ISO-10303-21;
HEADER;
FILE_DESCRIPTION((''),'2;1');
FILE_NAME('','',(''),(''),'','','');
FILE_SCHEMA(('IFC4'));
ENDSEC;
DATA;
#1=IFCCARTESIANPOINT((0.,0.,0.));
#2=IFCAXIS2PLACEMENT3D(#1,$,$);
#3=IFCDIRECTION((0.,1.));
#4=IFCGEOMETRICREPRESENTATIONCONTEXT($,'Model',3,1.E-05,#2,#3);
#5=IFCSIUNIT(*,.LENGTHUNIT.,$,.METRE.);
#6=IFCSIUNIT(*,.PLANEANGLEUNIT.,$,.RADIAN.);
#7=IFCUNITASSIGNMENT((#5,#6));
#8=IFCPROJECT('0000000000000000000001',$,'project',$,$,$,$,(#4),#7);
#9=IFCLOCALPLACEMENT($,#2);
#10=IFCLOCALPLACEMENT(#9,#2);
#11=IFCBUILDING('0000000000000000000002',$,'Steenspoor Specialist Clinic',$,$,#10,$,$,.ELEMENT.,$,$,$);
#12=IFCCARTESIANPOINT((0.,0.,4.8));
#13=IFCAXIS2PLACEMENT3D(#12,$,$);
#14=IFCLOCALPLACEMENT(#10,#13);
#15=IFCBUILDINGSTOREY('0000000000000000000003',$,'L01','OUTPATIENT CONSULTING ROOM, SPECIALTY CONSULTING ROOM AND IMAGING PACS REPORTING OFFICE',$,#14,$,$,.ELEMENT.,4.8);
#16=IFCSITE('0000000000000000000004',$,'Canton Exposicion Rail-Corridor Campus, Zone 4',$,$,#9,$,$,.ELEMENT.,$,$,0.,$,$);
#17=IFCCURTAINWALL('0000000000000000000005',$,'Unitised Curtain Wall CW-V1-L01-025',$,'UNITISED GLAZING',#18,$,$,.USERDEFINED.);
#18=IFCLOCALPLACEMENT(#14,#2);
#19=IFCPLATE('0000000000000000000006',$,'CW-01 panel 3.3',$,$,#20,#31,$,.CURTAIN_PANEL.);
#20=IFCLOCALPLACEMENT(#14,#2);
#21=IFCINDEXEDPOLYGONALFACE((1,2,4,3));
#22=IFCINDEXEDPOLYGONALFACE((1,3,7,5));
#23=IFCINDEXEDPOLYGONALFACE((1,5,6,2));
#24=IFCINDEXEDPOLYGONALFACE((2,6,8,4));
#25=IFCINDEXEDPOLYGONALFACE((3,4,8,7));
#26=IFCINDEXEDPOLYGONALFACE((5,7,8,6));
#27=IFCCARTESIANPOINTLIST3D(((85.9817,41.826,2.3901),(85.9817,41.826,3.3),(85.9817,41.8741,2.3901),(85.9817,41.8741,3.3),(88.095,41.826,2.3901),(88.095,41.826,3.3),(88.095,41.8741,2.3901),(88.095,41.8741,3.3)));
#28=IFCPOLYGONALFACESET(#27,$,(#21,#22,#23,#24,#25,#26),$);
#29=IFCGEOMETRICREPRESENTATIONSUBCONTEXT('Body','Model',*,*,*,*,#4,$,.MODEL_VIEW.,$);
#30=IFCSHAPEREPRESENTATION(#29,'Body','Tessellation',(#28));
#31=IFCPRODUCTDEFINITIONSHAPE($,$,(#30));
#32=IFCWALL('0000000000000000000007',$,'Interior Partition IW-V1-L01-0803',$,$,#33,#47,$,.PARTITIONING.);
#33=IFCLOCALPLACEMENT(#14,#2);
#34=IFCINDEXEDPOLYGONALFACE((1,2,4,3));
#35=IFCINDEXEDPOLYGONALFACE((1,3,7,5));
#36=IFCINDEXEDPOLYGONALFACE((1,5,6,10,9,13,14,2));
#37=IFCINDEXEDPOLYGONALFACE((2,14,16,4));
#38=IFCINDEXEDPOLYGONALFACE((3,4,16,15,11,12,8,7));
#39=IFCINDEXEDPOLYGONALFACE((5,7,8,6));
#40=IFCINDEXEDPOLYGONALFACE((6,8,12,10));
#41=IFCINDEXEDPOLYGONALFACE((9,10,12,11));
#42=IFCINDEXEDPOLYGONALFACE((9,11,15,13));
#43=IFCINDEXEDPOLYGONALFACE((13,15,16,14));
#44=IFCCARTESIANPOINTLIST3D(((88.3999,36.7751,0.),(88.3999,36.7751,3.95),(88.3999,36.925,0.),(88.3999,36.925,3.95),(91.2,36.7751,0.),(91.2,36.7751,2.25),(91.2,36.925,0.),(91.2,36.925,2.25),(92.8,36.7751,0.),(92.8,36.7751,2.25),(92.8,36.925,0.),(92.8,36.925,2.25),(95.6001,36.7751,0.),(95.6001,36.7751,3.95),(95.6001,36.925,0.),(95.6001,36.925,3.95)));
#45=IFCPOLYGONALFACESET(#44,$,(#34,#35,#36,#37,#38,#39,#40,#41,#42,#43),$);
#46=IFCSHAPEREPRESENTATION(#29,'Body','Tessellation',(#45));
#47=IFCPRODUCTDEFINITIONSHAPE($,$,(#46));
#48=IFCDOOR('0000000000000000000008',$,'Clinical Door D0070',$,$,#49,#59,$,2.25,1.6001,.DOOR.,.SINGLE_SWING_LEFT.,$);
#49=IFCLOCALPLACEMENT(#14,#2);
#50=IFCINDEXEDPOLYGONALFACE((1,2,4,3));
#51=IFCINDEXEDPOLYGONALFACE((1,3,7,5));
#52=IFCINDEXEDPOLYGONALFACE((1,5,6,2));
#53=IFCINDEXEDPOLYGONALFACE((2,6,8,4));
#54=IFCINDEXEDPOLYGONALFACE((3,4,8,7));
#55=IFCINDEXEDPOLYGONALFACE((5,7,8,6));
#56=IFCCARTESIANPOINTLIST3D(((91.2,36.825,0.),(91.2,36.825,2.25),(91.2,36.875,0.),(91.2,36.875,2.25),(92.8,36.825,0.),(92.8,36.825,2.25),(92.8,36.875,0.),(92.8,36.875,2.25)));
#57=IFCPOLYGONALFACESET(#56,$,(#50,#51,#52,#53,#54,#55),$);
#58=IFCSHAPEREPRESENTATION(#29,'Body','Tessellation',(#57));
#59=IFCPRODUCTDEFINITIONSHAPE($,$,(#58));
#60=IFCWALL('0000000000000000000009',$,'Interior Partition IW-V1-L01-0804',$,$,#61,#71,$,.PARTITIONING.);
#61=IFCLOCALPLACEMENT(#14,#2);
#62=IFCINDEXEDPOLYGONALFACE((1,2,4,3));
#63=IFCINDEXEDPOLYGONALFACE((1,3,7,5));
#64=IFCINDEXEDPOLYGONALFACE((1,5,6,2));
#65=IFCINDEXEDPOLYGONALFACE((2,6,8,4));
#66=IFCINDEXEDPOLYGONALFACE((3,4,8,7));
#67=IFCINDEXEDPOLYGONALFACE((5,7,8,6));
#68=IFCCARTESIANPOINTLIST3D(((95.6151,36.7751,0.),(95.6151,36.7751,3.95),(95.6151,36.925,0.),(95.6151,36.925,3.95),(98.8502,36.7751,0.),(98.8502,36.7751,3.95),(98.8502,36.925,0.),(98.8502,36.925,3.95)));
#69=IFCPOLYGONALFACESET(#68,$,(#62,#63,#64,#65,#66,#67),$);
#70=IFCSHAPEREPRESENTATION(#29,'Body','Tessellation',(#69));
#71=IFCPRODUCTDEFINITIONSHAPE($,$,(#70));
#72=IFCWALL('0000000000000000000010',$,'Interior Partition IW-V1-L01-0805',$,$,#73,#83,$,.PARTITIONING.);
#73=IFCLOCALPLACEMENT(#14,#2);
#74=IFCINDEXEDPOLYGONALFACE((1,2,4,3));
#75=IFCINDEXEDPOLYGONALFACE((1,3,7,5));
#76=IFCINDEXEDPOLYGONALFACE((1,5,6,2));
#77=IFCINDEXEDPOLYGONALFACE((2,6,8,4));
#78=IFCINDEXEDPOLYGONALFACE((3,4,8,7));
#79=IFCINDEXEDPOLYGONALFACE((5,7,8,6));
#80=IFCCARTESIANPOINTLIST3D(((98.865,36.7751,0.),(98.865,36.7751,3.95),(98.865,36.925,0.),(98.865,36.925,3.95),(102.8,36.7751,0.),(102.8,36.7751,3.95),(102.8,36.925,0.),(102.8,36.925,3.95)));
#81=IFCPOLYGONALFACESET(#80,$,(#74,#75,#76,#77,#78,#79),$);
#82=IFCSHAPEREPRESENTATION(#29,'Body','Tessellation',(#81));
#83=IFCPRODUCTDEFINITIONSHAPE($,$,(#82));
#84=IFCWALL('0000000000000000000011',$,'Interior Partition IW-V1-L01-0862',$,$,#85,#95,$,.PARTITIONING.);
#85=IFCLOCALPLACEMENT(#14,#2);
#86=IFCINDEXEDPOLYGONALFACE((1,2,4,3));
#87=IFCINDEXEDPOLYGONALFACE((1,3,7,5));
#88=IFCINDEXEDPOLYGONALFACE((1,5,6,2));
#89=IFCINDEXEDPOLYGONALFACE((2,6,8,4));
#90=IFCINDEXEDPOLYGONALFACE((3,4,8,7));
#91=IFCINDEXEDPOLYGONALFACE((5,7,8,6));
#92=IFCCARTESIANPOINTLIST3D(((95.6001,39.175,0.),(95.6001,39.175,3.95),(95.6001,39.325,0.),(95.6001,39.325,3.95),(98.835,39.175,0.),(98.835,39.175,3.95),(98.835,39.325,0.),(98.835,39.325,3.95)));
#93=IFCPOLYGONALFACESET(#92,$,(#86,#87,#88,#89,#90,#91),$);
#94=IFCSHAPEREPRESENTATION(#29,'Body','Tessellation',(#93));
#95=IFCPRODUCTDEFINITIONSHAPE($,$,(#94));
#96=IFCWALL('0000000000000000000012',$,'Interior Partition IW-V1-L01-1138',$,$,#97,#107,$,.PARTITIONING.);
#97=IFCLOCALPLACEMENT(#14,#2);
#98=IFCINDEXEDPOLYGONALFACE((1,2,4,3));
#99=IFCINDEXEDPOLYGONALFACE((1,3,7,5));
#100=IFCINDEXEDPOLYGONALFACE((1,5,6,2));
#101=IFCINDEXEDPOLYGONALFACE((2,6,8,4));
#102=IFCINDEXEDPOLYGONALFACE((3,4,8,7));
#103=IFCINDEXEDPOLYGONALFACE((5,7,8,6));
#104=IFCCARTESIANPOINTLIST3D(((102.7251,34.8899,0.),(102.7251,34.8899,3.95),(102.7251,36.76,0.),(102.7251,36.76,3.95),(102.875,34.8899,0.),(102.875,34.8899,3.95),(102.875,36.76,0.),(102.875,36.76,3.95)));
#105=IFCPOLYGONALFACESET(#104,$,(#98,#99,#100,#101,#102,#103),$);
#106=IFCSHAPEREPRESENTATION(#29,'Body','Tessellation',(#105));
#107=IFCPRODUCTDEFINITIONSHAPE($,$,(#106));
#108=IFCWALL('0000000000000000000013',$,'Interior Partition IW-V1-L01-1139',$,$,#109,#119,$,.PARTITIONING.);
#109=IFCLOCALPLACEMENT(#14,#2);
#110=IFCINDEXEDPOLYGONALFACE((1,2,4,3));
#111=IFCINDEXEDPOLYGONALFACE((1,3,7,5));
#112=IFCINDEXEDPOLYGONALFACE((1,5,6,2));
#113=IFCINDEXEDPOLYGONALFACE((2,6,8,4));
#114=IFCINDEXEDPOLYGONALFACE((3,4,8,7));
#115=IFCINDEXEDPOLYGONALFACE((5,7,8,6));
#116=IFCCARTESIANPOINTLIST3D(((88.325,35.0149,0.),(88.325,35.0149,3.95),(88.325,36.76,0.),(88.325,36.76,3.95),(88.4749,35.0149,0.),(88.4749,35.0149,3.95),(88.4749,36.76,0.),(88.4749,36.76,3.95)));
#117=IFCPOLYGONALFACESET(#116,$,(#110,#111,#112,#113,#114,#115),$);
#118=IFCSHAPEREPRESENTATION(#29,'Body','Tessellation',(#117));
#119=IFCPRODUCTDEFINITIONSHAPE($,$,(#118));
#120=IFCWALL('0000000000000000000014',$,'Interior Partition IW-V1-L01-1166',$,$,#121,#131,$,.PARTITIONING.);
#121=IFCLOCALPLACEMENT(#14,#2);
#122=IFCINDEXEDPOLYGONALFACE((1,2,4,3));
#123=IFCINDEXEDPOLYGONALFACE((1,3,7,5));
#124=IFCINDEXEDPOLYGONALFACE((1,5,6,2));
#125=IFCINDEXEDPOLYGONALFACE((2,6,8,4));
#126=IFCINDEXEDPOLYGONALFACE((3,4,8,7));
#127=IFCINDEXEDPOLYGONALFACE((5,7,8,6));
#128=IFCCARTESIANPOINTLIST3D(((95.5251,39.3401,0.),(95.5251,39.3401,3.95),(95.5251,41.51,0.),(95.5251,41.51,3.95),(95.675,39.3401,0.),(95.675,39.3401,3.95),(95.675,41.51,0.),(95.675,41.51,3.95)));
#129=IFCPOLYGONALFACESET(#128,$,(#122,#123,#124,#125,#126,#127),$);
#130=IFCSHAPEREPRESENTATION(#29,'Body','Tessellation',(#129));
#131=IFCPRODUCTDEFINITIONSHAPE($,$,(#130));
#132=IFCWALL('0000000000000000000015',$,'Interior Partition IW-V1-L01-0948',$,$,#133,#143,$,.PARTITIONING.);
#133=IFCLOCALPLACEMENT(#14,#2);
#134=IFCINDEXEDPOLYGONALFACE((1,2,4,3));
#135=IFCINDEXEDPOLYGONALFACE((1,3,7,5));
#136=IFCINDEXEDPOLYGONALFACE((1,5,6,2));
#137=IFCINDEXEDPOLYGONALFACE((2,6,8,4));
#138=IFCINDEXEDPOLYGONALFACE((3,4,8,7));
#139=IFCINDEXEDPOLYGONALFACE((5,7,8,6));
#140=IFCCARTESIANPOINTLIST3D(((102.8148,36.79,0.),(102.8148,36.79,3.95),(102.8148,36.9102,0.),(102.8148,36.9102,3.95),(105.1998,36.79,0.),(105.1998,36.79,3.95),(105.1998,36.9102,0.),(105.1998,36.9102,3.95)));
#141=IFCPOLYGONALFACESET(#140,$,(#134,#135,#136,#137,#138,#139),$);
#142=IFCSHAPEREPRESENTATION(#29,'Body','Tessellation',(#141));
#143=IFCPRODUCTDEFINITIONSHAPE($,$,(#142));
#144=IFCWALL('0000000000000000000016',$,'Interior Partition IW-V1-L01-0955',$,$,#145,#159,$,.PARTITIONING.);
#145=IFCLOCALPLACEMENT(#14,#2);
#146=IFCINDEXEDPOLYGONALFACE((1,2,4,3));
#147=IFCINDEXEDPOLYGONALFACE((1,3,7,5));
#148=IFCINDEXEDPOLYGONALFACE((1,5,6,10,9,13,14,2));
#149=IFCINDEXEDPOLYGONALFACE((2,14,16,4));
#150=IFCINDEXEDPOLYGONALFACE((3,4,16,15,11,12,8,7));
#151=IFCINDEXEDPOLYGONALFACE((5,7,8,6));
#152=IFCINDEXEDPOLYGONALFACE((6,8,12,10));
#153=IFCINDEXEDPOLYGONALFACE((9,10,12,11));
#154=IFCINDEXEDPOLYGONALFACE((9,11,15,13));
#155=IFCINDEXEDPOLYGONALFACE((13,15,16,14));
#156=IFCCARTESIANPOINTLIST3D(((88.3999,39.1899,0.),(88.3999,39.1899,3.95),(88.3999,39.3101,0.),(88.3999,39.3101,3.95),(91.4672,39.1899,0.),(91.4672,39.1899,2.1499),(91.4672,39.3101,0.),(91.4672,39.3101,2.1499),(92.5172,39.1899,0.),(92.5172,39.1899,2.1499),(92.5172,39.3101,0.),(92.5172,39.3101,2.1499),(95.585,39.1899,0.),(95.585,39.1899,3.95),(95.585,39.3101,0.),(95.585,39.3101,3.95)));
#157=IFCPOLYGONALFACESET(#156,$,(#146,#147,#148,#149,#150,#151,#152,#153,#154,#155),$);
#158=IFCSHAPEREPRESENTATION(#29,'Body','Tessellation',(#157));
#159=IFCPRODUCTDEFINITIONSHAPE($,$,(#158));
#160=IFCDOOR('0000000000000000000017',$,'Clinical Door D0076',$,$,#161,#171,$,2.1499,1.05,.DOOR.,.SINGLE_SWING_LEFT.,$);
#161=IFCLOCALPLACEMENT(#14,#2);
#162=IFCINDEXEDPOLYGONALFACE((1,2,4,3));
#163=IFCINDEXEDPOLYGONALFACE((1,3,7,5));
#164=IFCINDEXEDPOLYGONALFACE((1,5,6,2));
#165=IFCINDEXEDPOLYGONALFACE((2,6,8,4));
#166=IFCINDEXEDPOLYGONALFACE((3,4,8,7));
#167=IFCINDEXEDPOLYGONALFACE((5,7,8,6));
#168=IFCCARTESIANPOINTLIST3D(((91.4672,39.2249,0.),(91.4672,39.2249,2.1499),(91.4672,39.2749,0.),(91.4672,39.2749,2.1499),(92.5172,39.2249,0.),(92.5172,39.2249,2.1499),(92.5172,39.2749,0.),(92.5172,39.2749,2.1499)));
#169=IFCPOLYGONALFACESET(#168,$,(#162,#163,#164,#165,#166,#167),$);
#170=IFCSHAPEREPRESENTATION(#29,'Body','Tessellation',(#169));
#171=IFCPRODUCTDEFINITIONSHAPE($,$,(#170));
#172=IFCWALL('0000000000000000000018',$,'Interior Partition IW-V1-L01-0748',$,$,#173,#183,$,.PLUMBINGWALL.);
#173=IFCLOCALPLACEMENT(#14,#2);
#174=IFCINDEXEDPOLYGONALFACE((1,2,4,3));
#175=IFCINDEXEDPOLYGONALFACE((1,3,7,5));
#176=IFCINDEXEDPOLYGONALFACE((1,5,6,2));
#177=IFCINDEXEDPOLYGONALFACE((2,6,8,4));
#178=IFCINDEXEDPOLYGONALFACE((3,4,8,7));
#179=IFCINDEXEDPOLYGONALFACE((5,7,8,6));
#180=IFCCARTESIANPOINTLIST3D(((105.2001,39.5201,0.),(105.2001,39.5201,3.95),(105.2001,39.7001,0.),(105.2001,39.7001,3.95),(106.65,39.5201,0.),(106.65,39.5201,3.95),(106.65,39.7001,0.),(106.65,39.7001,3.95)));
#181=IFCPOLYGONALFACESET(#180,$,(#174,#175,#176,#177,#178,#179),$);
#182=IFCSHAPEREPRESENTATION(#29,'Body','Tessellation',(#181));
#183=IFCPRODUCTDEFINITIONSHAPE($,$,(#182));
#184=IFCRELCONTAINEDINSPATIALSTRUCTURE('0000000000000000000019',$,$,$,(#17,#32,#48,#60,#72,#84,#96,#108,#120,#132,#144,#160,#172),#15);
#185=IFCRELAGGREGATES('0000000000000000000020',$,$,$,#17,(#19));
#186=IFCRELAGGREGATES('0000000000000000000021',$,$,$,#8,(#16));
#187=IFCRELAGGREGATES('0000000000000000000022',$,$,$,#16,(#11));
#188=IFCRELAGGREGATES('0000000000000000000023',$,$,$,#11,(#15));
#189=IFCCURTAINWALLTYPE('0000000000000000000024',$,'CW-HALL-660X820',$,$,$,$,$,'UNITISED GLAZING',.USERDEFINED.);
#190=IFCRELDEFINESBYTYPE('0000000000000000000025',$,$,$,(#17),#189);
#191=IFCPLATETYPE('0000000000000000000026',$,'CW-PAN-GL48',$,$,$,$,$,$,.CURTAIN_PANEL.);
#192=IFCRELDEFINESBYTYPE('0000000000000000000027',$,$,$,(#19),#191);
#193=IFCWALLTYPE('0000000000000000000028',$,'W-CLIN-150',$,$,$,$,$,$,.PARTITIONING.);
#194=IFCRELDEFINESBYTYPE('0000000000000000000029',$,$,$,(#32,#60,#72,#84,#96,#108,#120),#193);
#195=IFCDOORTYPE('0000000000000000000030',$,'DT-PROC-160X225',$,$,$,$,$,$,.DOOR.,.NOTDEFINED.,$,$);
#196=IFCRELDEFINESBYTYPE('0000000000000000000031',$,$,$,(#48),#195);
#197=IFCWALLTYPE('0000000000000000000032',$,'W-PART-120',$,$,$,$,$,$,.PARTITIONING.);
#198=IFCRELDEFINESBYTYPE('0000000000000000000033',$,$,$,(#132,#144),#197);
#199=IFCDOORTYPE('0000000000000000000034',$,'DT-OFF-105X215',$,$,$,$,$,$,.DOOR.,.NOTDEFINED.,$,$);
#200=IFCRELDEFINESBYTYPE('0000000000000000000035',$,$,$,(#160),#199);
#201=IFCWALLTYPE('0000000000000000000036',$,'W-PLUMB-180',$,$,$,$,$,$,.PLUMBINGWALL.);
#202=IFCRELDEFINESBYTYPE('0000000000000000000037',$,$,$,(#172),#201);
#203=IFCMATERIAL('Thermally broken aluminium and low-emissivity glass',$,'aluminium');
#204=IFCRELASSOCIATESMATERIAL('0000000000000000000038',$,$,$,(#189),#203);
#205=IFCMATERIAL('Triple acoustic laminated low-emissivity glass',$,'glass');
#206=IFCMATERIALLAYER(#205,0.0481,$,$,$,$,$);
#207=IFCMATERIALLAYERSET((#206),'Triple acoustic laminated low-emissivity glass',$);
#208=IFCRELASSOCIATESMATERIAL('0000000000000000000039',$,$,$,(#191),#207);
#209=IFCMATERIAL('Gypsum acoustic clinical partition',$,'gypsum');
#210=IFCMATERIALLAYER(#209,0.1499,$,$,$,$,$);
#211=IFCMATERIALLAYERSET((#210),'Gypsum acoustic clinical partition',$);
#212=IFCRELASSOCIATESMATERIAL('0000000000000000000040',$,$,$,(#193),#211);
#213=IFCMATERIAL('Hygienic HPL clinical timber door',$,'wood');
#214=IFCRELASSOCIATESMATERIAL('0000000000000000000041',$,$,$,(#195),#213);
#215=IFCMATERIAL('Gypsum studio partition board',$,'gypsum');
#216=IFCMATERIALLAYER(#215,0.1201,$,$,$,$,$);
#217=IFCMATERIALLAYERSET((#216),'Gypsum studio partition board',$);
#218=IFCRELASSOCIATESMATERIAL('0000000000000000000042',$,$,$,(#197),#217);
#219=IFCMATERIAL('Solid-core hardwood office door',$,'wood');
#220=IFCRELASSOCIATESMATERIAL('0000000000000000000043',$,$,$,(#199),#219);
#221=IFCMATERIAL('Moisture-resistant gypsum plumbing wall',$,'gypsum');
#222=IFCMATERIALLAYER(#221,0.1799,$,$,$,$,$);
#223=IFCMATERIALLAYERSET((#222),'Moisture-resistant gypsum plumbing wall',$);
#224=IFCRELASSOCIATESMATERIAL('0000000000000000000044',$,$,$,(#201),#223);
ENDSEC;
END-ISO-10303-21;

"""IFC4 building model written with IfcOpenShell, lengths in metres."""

from ifc_helpers import new_model, si_unit, direction, frame, frame_2d, origin, origin_2d, place, context, subcontext, project, spatial, rectangle, extrude, material, layer, layer_set, type_object, element, fill, aggregate, save


model = new_model("IFC4")

# Units and contexts
model_context = context("Model", 3, precision=1e-05, world=origin(), true_north=direction((0.0, 1.0)))
body_context = subcontext(model_context, "Body", "Model", "MODEL_VIEW")
ifc_project = project(units=[si_unit("LENGTHUNIT", "METRE"), si_unit("PLANEANGLEUNIT", "RADIAN")], contexts=[model_context])

# Site, building, storey
site_placement = place(None, origin())
site = spatial("IfcSite", under=ifc_project, at=site_placement, Name="Canton Exposicion Rail-Corridor Campus, Zone 4", CompositionType="ELEMENT", RefElevation=0.0)
building_placement = place(site_placement, origin())
building = spatial("IfcBuilding", under=site, at=building_placement, Name="Steenspoor Specialist Clinic", CompositionType="ELEMENT")
storey_placement = place(building_placement, frame((0.0, 0.0, 4.8)))
storey = spatial("IfcBuildingStorey", under=building, at=storey_placement, Name="L01", Description="OUTPATIENT CONSULTING ROOM, SPECIALTY CONSULTING ROOM AND IMAGING PACS REPORTING OFFICE", CompositionType="ELEMENT", Elevation=4.8)

# Curtain wall, plate
ifc_material_1 = material(Name="Thermally broken aluminium and low-emissivity glass", Category="aluminium")
curtain_wall_type = type_object("IfcCurtainWallType", Name="CW-HALL-660X820", ElementType="UNITISED GLAZING", PredefinedType="USERDEFINED", material=ifc_material_1)
curtain_wall_placement = place(storey_placement, origin())
curtain_wall = element("IfcCurtainWall", 1, at=curtain_wall_placement, inside=storey, type_object=curtain_wall_type, Name="Unitised Curtain Wall CW-V1-L01-025", ObjectType="UNITISED GLAZING", PredefinedType="USERDEFINED")
ifc_material_2 = material(Name="Triple acoustic laminated low-emissivity glass", Category="glass")
ifc_layer_1 = layer(ifc_material_2, 0.0481)
ifc_layer_set_1 = layer_set([ifc_layer_1], Name="Triple acoustic laminated low-emissivity glass")
plate_type = type_object("IfcPlateType", Name="CW-PAN-GL48", PredefinedType="CURTAIN_PANEL", material=ifc_layer_set_1)
plate_1_placement = place(storey_placement, frame((87.0383, 41.8501, 2.3901), z_axis=(0.0, 0.0, 1.0), x_axis=(1.0, 0.0, 0.0)))
plate_1 = element("IfcPlate", 2, at=plate_1_placement, type_object=plate_type, Name="CW-01 panel 3.3", PredefinedType="CURTAIN_PANEL", context=body_context, shape_type="SweptSolid", body=[
    extrude(rectangle(XDim=2.1133, YDim=0.0481, at=origin_2d()), origin(), (0.0, 0.0, 1.0), 0.9099),
])
aggregate(curtain_wall, [plate_1])

# Wall, opening, door
ifc_material_3 = material(Name="Gypsum acoustic clinical partition", Category="gypsum")
ifc_layer_2 = layer(ifc_material_3, 0.1499)
ifc_layer_set_2 = layer_set([ifc_layer_2], Name="Gypsum acoustic clinical partition")
wall_type_1 = type_object("IfcWallType", Name="W-CLIN-150", PredefinedType="PARTITIONING", material=ifc_layer_set_2)
wall_1_placement = place(storey_placement, frame((88.3999, 36.8501, 0.0), z_axis=(0.0, 0.0, 1.0), x_axis=(1.0, 0.0, 0.0)))
wall_1 = element("IfcWall", 3, at=wall_1_placement, inside=storey, type_object=wall_type_1, Name="Interior Partition IW-V1-L01-0803", PredefinedType="PARTITIONING", context=body_context, shape_type="SweptSolid", body=[
    extrude(rectangle(XDim=7.2002, YDim=0.1499, at=frame_2d((3.6001, 0.0))), origin(), (0.0, 0.0, 1.0), 3.95),
])
opening_1_placement = place(wall_1_placement, frame((2.8, 0.0, 0.0)))
opening_1 = element("IfcOpeningElement", 4, at=opening_1_placement, cuts=wall_1, PredefinedType="OPENING", context=body_context, shape_type="SweptSolid", body=[
    extrude(rectangle(XDim=1.6001, YDim=2.25, at=frame_2d((0.8, 1.125))), frame((0.0, 0.085, 0.0), z_axis=(0.0, -1.0, 0.0), x_axis=(1.0, 0.0, 0.0)), (0.0, 0.0, 1.0), 0.1699),
])
ifc_material_4 = material(Name="Hygienic HPL clinical timber door", Category="wood")
door_type_1 = type_object("IfcDoorType", Name="DT-PROC-160X225", OperationType="NOTDEFINED", PredefinedType="DOOR", material=ifc_material_4)
door_1_placement = place(opening_1_placement, origin())
door_1 = element("IfcDoor", 5, at=door_1_placement, inside=storey, type_object=door_type_1, Name="Clinical Door D0070", OperationType="SINGLE_SWING_LEFT", OverallHeight=2.25, OverallWidth=1.6001, PredefinedType="DOOR", context=body_context, shape_type="SweptSolid", body=[
    extrude(rectangle(XDim=1.6001, YDim=2.25, at=frame_2d((0.8, 1.125))), frame((0.0, 0.0249, 0.0), z_axis=(0.0, -1.0, 0.0), x_axis=(1.0, 0.0, 0.0)), (0.0, 0.0, 1.0), 0.05),
])
fill(opening_1, door_1)

# Walls
wall_2_placement = place(storey_placement, frame((95.615, 36.8501, 0.0), z_axis=(0.0, 0.0, 1.0), x_axis=(1.0, 0.0, 0.0)))
element("IfcWall", 6, at=wall_2_placement, inside=storey, type_object=wall_type_1, Name="Interior Partition IW-V1-L01-0804", PredefinedType="PARTITIONING", context=body_context, shape_type="SweptSolid", body=[
    extrude(rectangle(XDim=3.2351, YDim=0.1499, at=frame_2d((1.6177, 0.0))), origin(), (0.0, 0.0, 1.0), 3.95),
])
wall_3_placement = place(storey_placement, frame((98.865, 36.8501, 0.0), z_axis=(0.0, 0.0, 1.0), x_axis=(1.0, 0.0, 0.0)))
element("IfcWall", 7, at=wall_3_placement, inside=storey, type_object=wall_type_1, Name="Interior Partition IW-V1-L01-0805", PredefinedType="PARTITIONING", context=body_context, shape_type="SweptSolid", body=[
    extrude(rectangle(XDim=3.9351, YDim=0.1499, at=frame_2d((1.9675, 0.0))), origin(), (0.0, 0.0, 1.0), 3.95),
])

# Walls
wall_4_placement = place(storey_placement, frame((95.6001, 39.25, 0.0), z_axis=(0.0, 0.0, 1.0), x_axis=(1.0, 0.0, 0.0)))
element("IfcWall", 8, at=wall_4_placement, inside=storey, type_object=wall_type_1, Name="Interior Partition IW-V1-L01-0862", PredefinedType="PARTITIONING", context=body_context, shape_type="SweptSolid", body=[
    extrude(rectangle(XDim=3.2349, YDim=0.1499, at=frame_2d((1.6174, 0.0))), origin(), (0.0, 0.0, 1.0), 3.95),
])
wall_5_placement = place(storey_placement, frame((102.8, 34.8899, 0.0), z_axis=(0.0, 0.0, 1.0), x_axis=(0.0, 1.0, 0.0)))
element("IfcWall", 9, at=wall_5_placement, inside=storey, type_object=wall_type_1, Name="Interior Partition IW-V1-L01-1138", PredefinedType="PARTITIONING", context=body_context, shape_type="SweptSolid", body=[
    extrude(rectangle(XDim=1.8701, YDim=0.1499, at=frame_2d((0.9351, 0.0))), origin(), (0.0, 0.0, 1.0), 3.95),
])
wall_6_placement = place(storey_placement, frame((88.3999, 35.0149, 0.0), z_axis=(0.0, 0.0, 1.0), x_axis=(0.0, 1.0, 0.0)))
element("IfcWall", 10, at=wall_6_placement, inside=storey, type_object=wall_type_1, Name="Interior Partition IW-V1-L01-1139", PredefinedType="PARTITIONING", context=body_context, shape_type="SweptSolid", body=[
    extrude(rectangle(XDim=1.7451, YDim=0.1499, at=frame_2d((0.8726, 0.0))), origin(), (0.0, 0.0, 1.0), 3.95),
])
wall_7_placement = place(storey_placement, frame((95.6001, 39.3401, 0.0), z_axis=(0.0, 0.0, 1.0), x_axis=(0.0, 1.0, 0.0)))
element("IfcWall", 11, at=wall_7_placement, inside=storey, type_object=wall_type_1, Name="Interior Partition IW-V1-L01-1166", PredefinedType="PARTITIONING", context=body_context, shape_type="SweptSolid", body=[
    extrude(rectangle(XDim=2.1699, YDim=0.1499, at=frame_2d((1.085, 0.0))), origin(), (0.0, 0.0, 1.0), 3.95),
])
ifc_material_5 = material(Name="Gypsum studio partition board", Category="gypsum")
ifc_layer_3 = layer(ifc_material_5, 0.1201)
ifc_layer_set_3 = layer_set([ifc_layer_3], Name="Gypsum studio partition board")
wall_type_2 = type_object("IfcWallType", Name="W-PART-120", PredefinedType="PARTITIONING", material=ifc_layer_set_3)
wall_8_placement = place(storey_placement, frame((102.8149, 36.8501, 0.0), z_axis=(0.0, 0.0, 1.0), x_axis=(1.0, 0.0, 0.0)))
element("IfcWall", 12, at=wall_8_placement, inside=storey, type_object=wall_type_2, Name="Interior Partition IW-V1-L01-0948", PredefinedType="PARTITIONING", context=body_context, shape_type="SweptSolid", body=[
    extrude(rectangle(XDim=2.385, YDim=0.1201, at=frame_2d((1.1924, 0.0))), origin(), (0.0, 0.0, 1.0), 3.95),
])

# Wall, opening, door
wall_9_placement = place(storey_placement, frame((88.3999, 39.25, 0.0), z_axis=(0.0, 0.0, 1.0), x_axis=(1.0, 0.0, 0.0)))
wall_9 = element("IfcWall", 13, at=wall_9_placement, inside=storey, type_object=wall_type_2, Name="Interior Partition IW-V1-L01-0955", PredefinedType="PARTITIONING", context=body_context, shape_type="SweptSolid", body=[
    extrude(rectangle(XDim=7.1851, YDim=0.1201, at=frame_2d((3.5925, 0.0))), origin(), (0.0, 0.0, 1.0), 3.95),
])
opening_2_placement = place(wall_9_placement, frame((3.0674, 0.0, 0.0)))
opening_2 = element("IfcOpeningElement", 14, at=opening_2_placement, cuts=wall_9, PredefinedType="OPENING", context=body_context, shape_type="SweptSolid", body=[
    extrude(rectangle(XDim=1.05, YDim=2.1499, at=frame_2d((0.5249, 1.075))), frame((0.0, 0.0701, 0.0), z_axis=(0.0, -1.0, 0.0), x_axis=(1.0, 0.0, 0.0)), (0.0, 0.0, 1.0), 0.1401),
])
ifc_material_6 = material(Name="Solid-core hardwood office door", Category="wood")
door_type_2 = type_object("IfcDoorType", Name="DT-OFF-105X215", OperationType="NOTDEFINED", PredefinedType="DOOR", material=ifc_material_6)
door_2_placement = place(opening_2_placement, origin())
door_2 = element("IfcDoor", 15, at=door_2_placement, inside=storey, type_object=door_type_2, Name="Clinical Door D0076", OperationType="SINGLE_SWING_LEFT", OverallHeight=2.1499, OverallWidth=1.05, PredefinedType="DOOR", context=body_context, shape_type="SweptSolid", body=[
    extrude(rectangle(XDim=1.05, YDim=2.1499, at=frame_2d((0.5249, 1.075))), frame((0.0, 0.0249, 0.0), z_axis=(0.0, -1.0, 0.0), x_axis=(1.0, 0.0, 0.0)), (0.0, 0.0, 1.0), 0.05),
])
fill(opening_2, door_2)

# Wall
ifc_material_7 = material(Name="Moisture-resistant gypsum plumbing wall", Category="gypsum")
ifc_layer_4 = layer(ifc_material_7, 0.1799)
ifc_layer_set_4 = layer_set([ifc_layer_4], Name="Moisture-resistant gypsum plumbing wall")
wall_type_3 = type_object("IfcWallType", Name="W-PLUMB-180", PredefinedType="PLUMBINGWALL", material=ifc_layer_set_4)
wall_10_placement = place(storey_placement, frame((105.2, 39.6101, 0.0), z_axis=(0.0, 0.0, 1.0), x_axis=(1.0, 0.0, 0.0)))
element("IfcWall", 16, at=wall_10_placement, inside=storey, type_object=wall_type_3, Name="Interior Partition IW-V1-L01-0748", PredefinedType="PLUMBINGWALL", context=body_context, shape_type="SweptSolid", body=[
    extrude(rectangle(XDim=1.45, YDim=0.1799, at=frame_2d((0.7251, 0.0))), origin(), (0.0, 0.0, 1.0), 3.95),
])

save(model, "model.ifc")
